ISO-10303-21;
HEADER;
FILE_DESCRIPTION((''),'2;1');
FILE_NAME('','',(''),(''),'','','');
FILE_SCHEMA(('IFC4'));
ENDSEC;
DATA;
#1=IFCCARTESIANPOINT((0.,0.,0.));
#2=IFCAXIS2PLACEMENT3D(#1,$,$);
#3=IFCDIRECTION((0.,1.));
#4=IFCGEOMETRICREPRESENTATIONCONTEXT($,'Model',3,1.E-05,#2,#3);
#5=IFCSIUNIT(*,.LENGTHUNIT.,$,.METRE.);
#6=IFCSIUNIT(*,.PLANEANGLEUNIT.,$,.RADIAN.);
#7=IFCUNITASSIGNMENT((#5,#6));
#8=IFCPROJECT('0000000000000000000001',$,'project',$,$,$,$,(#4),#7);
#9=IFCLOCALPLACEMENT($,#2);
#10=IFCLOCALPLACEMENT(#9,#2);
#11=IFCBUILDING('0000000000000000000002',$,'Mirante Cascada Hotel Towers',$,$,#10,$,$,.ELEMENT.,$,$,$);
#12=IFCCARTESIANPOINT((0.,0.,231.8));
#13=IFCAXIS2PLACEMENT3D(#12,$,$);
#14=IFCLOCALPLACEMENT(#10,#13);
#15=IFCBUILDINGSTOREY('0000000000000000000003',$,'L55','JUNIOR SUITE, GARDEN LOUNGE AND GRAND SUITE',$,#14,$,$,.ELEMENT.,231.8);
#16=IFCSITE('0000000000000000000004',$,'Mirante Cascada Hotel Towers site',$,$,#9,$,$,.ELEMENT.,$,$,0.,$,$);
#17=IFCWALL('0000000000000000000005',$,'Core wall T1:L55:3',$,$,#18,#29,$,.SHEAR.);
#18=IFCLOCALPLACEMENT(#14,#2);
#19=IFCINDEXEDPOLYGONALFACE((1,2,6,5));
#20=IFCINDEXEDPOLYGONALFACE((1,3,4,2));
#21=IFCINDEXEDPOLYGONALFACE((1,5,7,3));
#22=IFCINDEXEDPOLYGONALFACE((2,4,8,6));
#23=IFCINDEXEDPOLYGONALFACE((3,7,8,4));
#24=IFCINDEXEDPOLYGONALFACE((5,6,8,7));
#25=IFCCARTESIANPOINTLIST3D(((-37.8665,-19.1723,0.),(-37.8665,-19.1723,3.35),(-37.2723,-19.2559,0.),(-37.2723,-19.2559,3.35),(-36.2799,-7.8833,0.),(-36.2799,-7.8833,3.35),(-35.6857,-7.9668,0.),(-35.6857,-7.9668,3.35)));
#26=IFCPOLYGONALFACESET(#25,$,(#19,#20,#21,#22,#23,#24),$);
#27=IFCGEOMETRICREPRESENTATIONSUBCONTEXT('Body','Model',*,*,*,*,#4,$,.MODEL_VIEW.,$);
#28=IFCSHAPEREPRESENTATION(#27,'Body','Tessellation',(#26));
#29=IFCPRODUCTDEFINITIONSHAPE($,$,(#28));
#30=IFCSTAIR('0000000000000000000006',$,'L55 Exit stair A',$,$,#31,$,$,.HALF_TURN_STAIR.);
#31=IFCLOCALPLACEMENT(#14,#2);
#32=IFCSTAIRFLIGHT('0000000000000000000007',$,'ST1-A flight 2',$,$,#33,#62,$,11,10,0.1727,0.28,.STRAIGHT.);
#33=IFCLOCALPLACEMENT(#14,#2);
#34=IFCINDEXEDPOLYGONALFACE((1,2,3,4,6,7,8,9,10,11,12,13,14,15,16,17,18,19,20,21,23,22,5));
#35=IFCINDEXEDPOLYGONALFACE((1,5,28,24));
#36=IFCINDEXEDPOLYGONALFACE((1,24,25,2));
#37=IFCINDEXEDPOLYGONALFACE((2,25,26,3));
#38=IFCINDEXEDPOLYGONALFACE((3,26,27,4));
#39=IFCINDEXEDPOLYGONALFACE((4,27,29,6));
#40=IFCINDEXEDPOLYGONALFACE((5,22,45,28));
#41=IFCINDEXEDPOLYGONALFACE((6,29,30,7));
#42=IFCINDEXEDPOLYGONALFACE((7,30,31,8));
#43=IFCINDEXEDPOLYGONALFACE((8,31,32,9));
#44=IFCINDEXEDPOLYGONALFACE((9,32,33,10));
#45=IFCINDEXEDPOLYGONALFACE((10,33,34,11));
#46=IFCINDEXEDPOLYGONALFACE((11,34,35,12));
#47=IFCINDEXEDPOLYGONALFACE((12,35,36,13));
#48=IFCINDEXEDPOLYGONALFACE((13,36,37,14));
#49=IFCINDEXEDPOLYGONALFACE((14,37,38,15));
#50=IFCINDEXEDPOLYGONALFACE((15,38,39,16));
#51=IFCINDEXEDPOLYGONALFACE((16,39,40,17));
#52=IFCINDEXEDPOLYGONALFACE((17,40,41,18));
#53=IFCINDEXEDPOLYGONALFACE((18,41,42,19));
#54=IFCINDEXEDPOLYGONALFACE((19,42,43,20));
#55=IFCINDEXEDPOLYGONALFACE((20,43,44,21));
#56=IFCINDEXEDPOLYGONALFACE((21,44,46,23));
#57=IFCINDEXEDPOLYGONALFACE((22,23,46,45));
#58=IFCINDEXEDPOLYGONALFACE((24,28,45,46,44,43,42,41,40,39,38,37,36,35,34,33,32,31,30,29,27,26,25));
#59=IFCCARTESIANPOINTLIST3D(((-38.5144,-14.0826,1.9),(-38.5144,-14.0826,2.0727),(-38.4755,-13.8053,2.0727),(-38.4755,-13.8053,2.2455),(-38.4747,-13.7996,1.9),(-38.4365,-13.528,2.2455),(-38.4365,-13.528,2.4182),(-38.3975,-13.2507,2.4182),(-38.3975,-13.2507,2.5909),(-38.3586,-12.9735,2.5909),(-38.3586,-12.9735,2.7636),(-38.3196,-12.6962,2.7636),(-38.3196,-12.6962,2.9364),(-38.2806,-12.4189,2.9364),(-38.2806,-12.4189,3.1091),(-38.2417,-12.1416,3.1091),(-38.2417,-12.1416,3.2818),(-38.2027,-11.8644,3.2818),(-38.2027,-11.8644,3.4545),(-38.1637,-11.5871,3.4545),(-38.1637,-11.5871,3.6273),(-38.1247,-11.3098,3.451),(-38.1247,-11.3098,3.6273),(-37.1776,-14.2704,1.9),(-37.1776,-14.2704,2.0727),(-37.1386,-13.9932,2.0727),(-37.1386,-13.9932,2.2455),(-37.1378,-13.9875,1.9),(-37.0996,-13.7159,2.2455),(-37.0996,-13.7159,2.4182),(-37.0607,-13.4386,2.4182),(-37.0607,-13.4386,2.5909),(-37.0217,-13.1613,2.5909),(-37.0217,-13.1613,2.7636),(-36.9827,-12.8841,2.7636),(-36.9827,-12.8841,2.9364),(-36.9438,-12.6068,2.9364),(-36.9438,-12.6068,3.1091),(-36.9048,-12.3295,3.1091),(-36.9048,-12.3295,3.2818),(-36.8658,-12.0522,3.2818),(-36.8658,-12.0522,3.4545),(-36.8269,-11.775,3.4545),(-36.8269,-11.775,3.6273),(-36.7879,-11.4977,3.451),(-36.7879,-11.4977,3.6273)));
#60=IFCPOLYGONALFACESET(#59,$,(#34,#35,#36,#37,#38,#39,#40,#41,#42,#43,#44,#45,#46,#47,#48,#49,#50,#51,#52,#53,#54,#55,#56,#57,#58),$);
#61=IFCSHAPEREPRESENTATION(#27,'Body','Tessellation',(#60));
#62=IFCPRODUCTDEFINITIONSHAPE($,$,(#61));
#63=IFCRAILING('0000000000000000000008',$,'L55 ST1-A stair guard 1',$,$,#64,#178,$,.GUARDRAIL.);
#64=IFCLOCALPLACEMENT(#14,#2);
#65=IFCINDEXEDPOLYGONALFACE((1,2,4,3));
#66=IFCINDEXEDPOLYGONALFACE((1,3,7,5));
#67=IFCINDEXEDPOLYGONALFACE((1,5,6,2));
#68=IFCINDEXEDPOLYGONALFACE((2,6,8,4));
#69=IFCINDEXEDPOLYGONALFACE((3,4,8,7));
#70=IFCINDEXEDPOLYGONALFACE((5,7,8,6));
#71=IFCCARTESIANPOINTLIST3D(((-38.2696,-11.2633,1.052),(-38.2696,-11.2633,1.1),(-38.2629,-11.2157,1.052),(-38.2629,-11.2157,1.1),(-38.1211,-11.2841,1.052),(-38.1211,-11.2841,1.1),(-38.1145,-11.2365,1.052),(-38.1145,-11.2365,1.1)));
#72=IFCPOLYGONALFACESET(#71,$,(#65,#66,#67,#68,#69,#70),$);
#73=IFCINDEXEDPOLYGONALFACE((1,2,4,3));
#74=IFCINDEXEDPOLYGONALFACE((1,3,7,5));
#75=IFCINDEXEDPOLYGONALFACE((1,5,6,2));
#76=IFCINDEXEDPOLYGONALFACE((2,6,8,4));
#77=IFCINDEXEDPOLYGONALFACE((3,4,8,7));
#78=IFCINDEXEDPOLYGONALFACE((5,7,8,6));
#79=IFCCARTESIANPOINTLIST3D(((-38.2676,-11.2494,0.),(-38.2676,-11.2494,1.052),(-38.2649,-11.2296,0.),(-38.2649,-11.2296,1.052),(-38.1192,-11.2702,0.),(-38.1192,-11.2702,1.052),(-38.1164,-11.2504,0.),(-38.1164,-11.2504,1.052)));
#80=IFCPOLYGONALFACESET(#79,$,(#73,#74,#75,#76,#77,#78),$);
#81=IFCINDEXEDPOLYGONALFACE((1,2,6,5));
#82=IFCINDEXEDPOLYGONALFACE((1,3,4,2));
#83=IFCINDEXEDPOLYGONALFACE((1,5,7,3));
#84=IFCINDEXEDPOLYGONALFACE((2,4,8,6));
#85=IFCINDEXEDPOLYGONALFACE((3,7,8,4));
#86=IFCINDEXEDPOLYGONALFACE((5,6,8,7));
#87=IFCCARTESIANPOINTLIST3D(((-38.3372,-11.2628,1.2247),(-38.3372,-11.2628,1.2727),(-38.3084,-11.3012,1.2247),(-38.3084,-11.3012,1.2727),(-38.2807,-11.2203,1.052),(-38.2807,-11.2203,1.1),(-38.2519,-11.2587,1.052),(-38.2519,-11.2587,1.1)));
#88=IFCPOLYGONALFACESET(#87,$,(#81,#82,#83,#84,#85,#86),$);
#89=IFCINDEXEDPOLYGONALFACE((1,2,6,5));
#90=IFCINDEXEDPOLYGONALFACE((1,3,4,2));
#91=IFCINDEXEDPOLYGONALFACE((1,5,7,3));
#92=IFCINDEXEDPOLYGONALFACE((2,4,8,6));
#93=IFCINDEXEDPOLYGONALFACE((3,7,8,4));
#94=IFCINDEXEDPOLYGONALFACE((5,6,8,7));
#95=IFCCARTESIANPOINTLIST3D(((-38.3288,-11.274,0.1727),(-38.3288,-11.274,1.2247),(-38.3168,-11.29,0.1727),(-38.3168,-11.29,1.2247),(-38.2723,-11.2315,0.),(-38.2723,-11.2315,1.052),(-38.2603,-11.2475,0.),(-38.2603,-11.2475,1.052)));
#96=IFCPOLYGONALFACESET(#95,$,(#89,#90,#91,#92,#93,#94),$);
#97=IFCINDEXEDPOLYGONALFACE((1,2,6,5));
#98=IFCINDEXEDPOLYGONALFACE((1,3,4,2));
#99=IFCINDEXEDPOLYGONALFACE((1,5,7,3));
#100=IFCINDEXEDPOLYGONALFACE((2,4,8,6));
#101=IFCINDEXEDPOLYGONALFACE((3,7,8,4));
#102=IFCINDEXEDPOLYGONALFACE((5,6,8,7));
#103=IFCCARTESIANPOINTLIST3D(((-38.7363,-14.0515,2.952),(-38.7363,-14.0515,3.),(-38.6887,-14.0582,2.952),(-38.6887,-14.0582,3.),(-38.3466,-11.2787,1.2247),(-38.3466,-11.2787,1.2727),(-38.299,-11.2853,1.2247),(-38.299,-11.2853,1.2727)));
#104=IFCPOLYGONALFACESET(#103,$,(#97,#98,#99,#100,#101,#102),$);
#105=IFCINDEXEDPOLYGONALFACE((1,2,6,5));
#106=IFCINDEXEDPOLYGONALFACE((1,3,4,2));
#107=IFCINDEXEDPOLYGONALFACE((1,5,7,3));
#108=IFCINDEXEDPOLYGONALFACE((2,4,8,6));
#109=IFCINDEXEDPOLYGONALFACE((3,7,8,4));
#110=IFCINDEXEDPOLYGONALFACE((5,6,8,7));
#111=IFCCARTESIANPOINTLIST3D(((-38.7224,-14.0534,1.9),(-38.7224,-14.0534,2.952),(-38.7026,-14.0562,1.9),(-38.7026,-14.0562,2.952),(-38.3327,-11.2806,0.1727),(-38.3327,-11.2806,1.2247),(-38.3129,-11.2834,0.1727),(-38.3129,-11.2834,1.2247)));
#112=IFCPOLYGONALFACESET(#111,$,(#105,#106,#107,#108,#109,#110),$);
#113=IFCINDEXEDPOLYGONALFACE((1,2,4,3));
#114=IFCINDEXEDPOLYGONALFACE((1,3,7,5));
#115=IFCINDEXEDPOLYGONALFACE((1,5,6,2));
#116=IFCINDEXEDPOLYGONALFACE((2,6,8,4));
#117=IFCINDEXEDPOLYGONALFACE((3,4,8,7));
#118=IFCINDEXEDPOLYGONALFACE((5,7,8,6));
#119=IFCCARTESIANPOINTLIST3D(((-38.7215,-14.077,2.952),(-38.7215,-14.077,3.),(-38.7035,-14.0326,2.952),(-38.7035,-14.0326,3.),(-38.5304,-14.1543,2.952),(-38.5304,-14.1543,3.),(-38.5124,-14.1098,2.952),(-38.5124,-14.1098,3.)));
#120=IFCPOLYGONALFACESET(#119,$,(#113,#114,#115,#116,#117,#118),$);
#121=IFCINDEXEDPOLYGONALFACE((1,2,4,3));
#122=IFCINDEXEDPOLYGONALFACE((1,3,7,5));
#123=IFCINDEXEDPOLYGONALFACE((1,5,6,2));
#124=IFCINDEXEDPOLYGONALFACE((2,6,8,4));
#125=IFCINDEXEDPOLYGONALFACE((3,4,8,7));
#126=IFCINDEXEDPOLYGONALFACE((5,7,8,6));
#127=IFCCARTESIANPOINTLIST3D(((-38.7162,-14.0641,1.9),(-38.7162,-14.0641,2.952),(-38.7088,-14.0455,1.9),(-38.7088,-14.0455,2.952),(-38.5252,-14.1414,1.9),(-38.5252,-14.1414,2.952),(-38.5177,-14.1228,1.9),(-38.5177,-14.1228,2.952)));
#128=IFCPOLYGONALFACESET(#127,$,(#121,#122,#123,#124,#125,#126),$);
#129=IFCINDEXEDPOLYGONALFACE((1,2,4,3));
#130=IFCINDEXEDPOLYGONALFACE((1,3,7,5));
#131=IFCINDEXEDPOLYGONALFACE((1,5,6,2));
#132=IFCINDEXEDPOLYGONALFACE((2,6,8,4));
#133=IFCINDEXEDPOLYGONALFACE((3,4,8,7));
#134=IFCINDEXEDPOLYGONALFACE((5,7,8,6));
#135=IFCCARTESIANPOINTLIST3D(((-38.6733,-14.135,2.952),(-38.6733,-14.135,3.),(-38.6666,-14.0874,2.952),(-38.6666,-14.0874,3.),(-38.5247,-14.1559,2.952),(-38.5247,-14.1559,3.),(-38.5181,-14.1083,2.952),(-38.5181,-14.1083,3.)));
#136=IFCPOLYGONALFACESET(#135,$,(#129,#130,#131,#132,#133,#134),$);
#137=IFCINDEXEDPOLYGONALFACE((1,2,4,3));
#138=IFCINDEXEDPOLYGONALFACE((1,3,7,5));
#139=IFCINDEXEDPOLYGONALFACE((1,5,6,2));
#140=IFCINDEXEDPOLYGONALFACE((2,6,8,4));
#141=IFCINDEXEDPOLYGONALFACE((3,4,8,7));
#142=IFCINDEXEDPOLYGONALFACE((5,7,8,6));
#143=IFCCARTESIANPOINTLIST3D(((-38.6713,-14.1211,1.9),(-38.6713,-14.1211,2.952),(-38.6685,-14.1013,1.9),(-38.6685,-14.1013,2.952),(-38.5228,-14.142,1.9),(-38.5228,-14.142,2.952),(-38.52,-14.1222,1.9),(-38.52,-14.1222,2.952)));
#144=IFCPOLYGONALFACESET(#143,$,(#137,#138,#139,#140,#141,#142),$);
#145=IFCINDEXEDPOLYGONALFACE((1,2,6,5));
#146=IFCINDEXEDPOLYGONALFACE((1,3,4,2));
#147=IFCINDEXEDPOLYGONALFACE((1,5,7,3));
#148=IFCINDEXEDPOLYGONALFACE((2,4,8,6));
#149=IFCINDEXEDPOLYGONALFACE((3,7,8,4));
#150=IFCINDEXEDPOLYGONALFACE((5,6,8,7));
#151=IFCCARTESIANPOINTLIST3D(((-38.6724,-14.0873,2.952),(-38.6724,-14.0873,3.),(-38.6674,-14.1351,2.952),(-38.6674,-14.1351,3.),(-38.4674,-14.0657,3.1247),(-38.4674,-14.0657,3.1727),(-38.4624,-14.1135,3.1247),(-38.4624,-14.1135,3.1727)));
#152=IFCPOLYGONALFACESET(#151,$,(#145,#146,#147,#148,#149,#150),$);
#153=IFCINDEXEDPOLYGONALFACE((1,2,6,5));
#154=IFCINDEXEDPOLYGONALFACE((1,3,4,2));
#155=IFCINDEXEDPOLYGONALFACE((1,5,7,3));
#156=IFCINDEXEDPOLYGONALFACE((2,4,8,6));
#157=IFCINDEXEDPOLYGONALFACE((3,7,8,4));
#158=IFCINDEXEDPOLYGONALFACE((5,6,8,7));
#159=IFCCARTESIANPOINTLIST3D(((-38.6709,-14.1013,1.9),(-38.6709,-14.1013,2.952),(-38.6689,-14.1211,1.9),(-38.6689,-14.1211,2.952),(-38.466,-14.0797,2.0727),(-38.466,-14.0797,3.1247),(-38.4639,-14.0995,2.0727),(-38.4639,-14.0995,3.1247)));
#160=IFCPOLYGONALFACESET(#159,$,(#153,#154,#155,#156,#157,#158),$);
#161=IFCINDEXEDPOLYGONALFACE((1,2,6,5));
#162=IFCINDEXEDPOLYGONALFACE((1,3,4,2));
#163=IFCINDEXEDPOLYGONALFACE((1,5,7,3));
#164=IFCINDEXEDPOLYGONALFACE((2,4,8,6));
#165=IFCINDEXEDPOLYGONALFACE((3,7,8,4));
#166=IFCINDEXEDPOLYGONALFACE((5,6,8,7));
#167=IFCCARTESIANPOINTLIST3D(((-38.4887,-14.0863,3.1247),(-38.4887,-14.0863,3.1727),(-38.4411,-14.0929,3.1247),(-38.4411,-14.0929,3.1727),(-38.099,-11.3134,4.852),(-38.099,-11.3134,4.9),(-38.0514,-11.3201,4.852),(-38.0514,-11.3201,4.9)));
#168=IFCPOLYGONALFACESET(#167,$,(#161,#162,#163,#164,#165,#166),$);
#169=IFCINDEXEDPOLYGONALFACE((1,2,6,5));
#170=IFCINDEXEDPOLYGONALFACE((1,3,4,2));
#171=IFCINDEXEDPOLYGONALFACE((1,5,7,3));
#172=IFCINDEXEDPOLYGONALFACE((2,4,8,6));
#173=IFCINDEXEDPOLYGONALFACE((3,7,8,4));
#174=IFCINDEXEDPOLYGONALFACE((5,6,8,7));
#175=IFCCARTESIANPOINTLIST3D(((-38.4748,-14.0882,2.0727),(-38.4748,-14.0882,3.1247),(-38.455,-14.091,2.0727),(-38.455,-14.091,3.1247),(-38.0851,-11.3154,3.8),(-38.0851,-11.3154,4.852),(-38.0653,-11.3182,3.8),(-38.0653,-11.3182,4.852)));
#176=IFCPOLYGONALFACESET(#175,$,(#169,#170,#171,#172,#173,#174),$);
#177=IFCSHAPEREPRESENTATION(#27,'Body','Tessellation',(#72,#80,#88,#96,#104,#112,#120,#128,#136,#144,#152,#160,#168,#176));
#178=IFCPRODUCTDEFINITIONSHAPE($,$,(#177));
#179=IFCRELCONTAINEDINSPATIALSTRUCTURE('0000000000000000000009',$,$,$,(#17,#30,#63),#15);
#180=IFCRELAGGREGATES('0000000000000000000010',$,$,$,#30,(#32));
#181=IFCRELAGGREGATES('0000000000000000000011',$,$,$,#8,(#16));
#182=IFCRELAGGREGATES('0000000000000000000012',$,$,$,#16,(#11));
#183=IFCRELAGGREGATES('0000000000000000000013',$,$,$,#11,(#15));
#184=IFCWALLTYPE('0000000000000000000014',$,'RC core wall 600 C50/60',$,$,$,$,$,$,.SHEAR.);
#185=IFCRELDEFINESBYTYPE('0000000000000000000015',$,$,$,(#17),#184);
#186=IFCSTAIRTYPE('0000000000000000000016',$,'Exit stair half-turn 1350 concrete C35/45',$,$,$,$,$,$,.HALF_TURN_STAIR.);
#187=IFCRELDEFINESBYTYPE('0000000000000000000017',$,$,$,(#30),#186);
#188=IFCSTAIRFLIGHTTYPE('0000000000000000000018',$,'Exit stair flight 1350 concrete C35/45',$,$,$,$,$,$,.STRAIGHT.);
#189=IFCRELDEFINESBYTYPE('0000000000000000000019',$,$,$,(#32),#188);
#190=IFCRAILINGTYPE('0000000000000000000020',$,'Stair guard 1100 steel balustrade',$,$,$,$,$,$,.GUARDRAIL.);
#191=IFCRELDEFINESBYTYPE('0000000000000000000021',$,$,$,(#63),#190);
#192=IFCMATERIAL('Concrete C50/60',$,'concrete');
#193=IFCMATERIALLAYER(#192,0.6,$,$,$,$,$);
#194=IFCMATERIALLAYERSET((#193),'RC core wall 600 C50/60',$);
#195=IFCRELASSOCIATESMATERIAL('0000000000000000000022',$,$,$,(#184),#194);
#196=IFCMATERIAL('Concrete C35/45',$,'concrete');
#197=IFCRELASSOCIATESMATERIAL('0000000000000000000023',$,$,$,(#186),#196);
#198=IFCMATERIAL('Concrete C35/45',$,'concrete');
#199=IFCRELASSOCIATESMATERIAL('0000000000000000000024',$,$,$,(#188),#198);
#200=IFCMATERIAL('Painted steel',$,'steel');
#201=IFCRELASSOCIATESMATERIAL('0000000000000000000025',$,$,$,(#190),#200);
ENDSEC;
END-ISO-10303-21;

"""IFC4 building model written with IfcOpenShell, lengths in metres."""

from ifc_helpers import new_model, si_unit, direction, frame, frame_2d, origin, origin_2d, place, context, subcontext, project, spatial, polyline, rectangle, outline, extrude, material, layer, layer_set, type_object, element, aggregate, save


model = new_model("IFC4")

# Units and contexts
model_context = context("Model", 3, precision=1e-05, world=origin(), true_north=direction((0.0, 1.0)))
body_context = subcontext(model_context, "Body", "Model", "MODEL_VIEW")
ifc_project = project(units=[si_unit("LENGTHUNIT", "METRE"), si_unit("PLANEANGLEUNIT", "RADIAN")], contexts=[model_context])

# Site, building, storey
site_placement = place(None, origin())
site = spatial("IfcSite", under=ifc_project, at=site_placement, Name="Mirante Cascada Hotel Towers site", CompositionType="ELEMENT", RefElevation=0.0)
building_placement = place(site_placement, origin())
building = spatial("IfcBuilding", under=site, at=building_placement, Name="Mirante Cascada Hotel Towers", CompositionType="ELEMENT")
storey_placement = place(building_placement, frame((0.0, 0.0, 231.8)))
storey = spatial("IfcBuildingStorey", under=building, at=storey_placement, Name="L55", Description="JUNIOR SUITE, GARDEN LOUNGE AND GRAND SUITE", CompositionType="ELEMENT", Elevation=231.8)

# Wall
ifc_material_1 = material(Name="Concrete C50/60", Category="concrete")
ifc_layer_1 = layer(ifc_material_1, 0.6)
ifc_layer_set_1 = layer_set([ifc_layer_1], Name="RC core wall 600 C50/60")
wall_type_1 = type_object("IfcWallType", Name="RC core wall 600 C50/60", PredefinedType="SHEAR", material=ifc_layer_set_1)
wall_1_placement = place(storey_placement, frame((-37.5694, -19.2141, 0.0), z_axis=(0.0, 0.0, 1.0), x_axis=(0.139175, 0.990268, 0.0)))
element("IfcWall", 1, at=wall_1_placement, inside=storey, type_object=wall_type_1, Name="Core wall T1:L55:3", PredefinedType="SHEAR", context=body_context, shape_type="SweptSolid", body=[
    extrude(rectangle(XDim=11.4, YDim=0.6, at=frame_2d((5.7, 0.0))), origin(), (0.0, 0.0, 1.0), 3.35),
])

# Stair, stair flight
ifc_material_2 = material(Name="Concrete C35/45", Category="concrete")
stair_type = type_object("IfcStairType", Name="Exit stair half-turn 1350 concrete C35/45", PredefinedType="HALF_TURN_STAIR", material=ifc_material_2)
stair_placement = place(storey_placement, origin())
stair = element("IfcStair", 2, at=stair_placement, inside=storey, type_object=stair_type, Name="L55 Exit stair A", PredefinedType="HALF_TURN_STAIR")
ifc_material_3 = material(Name="Concrete C35/45", Category="concrete")
stair_flight_type = type_object("IfcStairFlightType", Name="Exit stair flight 1350 concrete C35/45", PredefinedType="STRAIGHT", material=ifc_material_3)
stair_flight_placement = place(storey_placement, frame((-37.846, -14.1765, 1.9), z_axis=(0.0, 0.0, 1.0), x_axis=(0.139173, 0.990268, 0.0)))
stair_flight = element("IfcStairFlight", 3, at=stair_flight_placement, type_object=stair_flight_type, Name="ST1-A flight 2", NumberOfRisers=11, NumberOfTreads=10, PredefinedType="STRAIGHT", RiserHeight=0.1727, TreadLength=0.28, context=body_context, shape_type="SweptSolid", body=[
    extrude(outline(polyline([(0.0, 0.0), (0.0, 0.1727), (0.28, 0.1727), (0.28, 0.3455), (0.56, 0.3455), (0.56, 0.5182), (0.84, 0.5182), (0.84, 0.6909), (1.12, 0.6909), (1.12, 0.8636), (1.4, 0.8636), (1.4, 1.0364), (1.68, 1.0364), (1.68, 1.2091), (1.96, 1.2091), (1.96, 1.3818), (2.24, 1.3818), (2.24, 1.5545), (2.52, 1.5545), (2.52, 1.7273), (2.8, 1.7273), (2.8, 1.9), (2.8, 1.551), (0.2857, 0.0), (0.0, 0.0)])), frame((0.0, 0.675, 0.0), z_axis=(0.0, -1.0, 0.0), x_axis=(1.0, 0.0, 0.0)), (0.0, 0.0, 1.0), 1.35),
])
aggregate(stair, [stair_flight])

# Railing
ifc_material_4 = material(Name="Painted steel", Category="steel")
railing_type = type_object("IfcRailingType", Name="Stair guard 1100 steel balustrade", PredefinedType="GUARDRAIL", material=ifc_material_4)
railing_placement = place(storey_placement, frame((-38.1178, -11.2603, 0.0)))
element("IfcRailing", 4, at=railing_placement, inside=storey, type_object=railing_type, Name="L55 ST1-A stair guard 1", PredefinedType="GUARDRAIL", context=body_context, shape_type="SweptSolid", body=[
    extrude(rectangle(XDim=0.048, YDim=0.048, at=origin_2d()), frame((0.0, 0.0, 1.076), z_axis=(-0.990333, 0.138713, 0.0), x_axis=(-0.138713, -0.990333, 0.0)), (0.0, 0.0, 1.0), 0.1499),
    extrude(rectangle(XDim=0.02, YDim=1.052, at=origin_2d()), frame((0.0, 0.0, 0.526), z_axis=(-0.990333, 0.138713, 0.0), x_axis=(-0.138713, -0.990333, 0.0)), (0.0, 0.0, 1.0), 0.1499),
    extrude(rectangle(XDim=0.048, YDim=0.048, at=origin_2d()), frame((-0.1485, 0.0208, 1.076), z_axis=(-0.79915, -0.601131, 0.0), x_axis=(0.601131, -0.79915, 0.0)), (0.0, 0.925453, 0.378863), 0.1866),
    extrude(rectangle(XDim=0.02, YDim=1.052, at=origin_2d()), frame((-0.1485, 0.0208, 0.526), z_axis=(-0.79915, -0.601131, 0.0), x_axis=(0.601131, -0.79915, 0.0)), (0.0, 0.925453, 0.378863), 0.1866),
    extrude(rectangle(XDim=0.048, YDim=0.048, at=origin_2d()), frame((-0.205, -0.0217, 1.2487), z_axis=(-0.139176, -0.990268, 0.0), x_axis=(0.990268, -0.139176, 0.0)), (0.0, 0.525021, 0.851089), 3.29),
    extrude(rectangle(XDim=0.02, YDim=1.052, at=origin_2d()), frame((-0.205, -0.0217, 0.6987), z_axis=(-0.139176, -0.990268, 0.0), x_axis=(0.990268, -0.139176, 0.0)), (0.0, 0.525021, 0.851089), 3.29),
    extrude(rectangle(XDim=0.048, YDim=0.048, at=origin_2d()), frame((-0.5947, -2.7945, 2.976), z_axis=(0.927031, -0.374984, 0.0), x_axis=(0.374984, 0.927031, 0.0)), (0.0, 0.0, 1.0), 0.2061),
    extrude(rectangle(XDim=0.02, YDim=1.052, at=origin_2d()), frame((-0.5947, -2.7945, 2.426), z_axis=(0.927031, -0.374984, 0.0), x_axis=(0.374984, 0.927031, 0.0)), (0.0, 0.0, 1.0), 0.2061),
    extrude(rectangle(XDim=0.048, YDim=0.048, at=origin_2d()), frame((-0.4036, -2.8718, 2.976), z_axis=(-0.990241, 0.139367, 0.0), x_axis=(-0.139367, -0.990241, 0.0)), (0.0, 0.0, 1.0), 0.15),
    extrude(rectangle(XDim=0.02, YDim=1.052, at=origin_2d()), frame((-0.4036, -2.8718, 2.426), z_axis=(-0.990241, 0.139367, 0.0), x_axis=(-0.139367, -0.990241, 0.0)), (0.0, 0.0, 1.0), 0.15),
    extrude(rectangle(XDim=0.048, YDim=0.048, at=origin_2d()), frame((-0.5521, -2.8509, 2.976), z_axis=(0.994495, 0.104786, 0.0), x_axis=(-0.104786, 0.994495, 0.0)), (0.0, 0.642203, 0.766534), 0.2689),
    extrude(rectangle(XDim=0.02, YDim=1.052, at=origin_2d()), frame((-0.5521, -2.8509, 2.426), z_axis=(0.994495, 0.104786, 0.0), x_axis=(-0.104786, 0.994495, 0.0)), (0.0, 0.642203, 0.766534), 0.2689),
    extrude(rectangle(XDim=0.048, YDim=0.048, at=origin_2d()), frame((-0.3471, -2.8293, 3.1487), z_axis=(0.139176, 0.990268, 0.0), x_axis=(-0.990268, 0.139176, 0.0)), (0.0, 0.525021, 0.851089), 3.29),
    extrude(rectangle(XDim=0.02, YDim=1.052, at=origin_2d()), frame((-0.3471, -2.8293, 2.5987), z_axis=(0.139176, 0.990268, 0.0), x_axis=(-0.990268, 0.139176, 0.0)), (0.0, 0.525021, 0.851089), 3.29),
])

save(model, "model.ifc")
